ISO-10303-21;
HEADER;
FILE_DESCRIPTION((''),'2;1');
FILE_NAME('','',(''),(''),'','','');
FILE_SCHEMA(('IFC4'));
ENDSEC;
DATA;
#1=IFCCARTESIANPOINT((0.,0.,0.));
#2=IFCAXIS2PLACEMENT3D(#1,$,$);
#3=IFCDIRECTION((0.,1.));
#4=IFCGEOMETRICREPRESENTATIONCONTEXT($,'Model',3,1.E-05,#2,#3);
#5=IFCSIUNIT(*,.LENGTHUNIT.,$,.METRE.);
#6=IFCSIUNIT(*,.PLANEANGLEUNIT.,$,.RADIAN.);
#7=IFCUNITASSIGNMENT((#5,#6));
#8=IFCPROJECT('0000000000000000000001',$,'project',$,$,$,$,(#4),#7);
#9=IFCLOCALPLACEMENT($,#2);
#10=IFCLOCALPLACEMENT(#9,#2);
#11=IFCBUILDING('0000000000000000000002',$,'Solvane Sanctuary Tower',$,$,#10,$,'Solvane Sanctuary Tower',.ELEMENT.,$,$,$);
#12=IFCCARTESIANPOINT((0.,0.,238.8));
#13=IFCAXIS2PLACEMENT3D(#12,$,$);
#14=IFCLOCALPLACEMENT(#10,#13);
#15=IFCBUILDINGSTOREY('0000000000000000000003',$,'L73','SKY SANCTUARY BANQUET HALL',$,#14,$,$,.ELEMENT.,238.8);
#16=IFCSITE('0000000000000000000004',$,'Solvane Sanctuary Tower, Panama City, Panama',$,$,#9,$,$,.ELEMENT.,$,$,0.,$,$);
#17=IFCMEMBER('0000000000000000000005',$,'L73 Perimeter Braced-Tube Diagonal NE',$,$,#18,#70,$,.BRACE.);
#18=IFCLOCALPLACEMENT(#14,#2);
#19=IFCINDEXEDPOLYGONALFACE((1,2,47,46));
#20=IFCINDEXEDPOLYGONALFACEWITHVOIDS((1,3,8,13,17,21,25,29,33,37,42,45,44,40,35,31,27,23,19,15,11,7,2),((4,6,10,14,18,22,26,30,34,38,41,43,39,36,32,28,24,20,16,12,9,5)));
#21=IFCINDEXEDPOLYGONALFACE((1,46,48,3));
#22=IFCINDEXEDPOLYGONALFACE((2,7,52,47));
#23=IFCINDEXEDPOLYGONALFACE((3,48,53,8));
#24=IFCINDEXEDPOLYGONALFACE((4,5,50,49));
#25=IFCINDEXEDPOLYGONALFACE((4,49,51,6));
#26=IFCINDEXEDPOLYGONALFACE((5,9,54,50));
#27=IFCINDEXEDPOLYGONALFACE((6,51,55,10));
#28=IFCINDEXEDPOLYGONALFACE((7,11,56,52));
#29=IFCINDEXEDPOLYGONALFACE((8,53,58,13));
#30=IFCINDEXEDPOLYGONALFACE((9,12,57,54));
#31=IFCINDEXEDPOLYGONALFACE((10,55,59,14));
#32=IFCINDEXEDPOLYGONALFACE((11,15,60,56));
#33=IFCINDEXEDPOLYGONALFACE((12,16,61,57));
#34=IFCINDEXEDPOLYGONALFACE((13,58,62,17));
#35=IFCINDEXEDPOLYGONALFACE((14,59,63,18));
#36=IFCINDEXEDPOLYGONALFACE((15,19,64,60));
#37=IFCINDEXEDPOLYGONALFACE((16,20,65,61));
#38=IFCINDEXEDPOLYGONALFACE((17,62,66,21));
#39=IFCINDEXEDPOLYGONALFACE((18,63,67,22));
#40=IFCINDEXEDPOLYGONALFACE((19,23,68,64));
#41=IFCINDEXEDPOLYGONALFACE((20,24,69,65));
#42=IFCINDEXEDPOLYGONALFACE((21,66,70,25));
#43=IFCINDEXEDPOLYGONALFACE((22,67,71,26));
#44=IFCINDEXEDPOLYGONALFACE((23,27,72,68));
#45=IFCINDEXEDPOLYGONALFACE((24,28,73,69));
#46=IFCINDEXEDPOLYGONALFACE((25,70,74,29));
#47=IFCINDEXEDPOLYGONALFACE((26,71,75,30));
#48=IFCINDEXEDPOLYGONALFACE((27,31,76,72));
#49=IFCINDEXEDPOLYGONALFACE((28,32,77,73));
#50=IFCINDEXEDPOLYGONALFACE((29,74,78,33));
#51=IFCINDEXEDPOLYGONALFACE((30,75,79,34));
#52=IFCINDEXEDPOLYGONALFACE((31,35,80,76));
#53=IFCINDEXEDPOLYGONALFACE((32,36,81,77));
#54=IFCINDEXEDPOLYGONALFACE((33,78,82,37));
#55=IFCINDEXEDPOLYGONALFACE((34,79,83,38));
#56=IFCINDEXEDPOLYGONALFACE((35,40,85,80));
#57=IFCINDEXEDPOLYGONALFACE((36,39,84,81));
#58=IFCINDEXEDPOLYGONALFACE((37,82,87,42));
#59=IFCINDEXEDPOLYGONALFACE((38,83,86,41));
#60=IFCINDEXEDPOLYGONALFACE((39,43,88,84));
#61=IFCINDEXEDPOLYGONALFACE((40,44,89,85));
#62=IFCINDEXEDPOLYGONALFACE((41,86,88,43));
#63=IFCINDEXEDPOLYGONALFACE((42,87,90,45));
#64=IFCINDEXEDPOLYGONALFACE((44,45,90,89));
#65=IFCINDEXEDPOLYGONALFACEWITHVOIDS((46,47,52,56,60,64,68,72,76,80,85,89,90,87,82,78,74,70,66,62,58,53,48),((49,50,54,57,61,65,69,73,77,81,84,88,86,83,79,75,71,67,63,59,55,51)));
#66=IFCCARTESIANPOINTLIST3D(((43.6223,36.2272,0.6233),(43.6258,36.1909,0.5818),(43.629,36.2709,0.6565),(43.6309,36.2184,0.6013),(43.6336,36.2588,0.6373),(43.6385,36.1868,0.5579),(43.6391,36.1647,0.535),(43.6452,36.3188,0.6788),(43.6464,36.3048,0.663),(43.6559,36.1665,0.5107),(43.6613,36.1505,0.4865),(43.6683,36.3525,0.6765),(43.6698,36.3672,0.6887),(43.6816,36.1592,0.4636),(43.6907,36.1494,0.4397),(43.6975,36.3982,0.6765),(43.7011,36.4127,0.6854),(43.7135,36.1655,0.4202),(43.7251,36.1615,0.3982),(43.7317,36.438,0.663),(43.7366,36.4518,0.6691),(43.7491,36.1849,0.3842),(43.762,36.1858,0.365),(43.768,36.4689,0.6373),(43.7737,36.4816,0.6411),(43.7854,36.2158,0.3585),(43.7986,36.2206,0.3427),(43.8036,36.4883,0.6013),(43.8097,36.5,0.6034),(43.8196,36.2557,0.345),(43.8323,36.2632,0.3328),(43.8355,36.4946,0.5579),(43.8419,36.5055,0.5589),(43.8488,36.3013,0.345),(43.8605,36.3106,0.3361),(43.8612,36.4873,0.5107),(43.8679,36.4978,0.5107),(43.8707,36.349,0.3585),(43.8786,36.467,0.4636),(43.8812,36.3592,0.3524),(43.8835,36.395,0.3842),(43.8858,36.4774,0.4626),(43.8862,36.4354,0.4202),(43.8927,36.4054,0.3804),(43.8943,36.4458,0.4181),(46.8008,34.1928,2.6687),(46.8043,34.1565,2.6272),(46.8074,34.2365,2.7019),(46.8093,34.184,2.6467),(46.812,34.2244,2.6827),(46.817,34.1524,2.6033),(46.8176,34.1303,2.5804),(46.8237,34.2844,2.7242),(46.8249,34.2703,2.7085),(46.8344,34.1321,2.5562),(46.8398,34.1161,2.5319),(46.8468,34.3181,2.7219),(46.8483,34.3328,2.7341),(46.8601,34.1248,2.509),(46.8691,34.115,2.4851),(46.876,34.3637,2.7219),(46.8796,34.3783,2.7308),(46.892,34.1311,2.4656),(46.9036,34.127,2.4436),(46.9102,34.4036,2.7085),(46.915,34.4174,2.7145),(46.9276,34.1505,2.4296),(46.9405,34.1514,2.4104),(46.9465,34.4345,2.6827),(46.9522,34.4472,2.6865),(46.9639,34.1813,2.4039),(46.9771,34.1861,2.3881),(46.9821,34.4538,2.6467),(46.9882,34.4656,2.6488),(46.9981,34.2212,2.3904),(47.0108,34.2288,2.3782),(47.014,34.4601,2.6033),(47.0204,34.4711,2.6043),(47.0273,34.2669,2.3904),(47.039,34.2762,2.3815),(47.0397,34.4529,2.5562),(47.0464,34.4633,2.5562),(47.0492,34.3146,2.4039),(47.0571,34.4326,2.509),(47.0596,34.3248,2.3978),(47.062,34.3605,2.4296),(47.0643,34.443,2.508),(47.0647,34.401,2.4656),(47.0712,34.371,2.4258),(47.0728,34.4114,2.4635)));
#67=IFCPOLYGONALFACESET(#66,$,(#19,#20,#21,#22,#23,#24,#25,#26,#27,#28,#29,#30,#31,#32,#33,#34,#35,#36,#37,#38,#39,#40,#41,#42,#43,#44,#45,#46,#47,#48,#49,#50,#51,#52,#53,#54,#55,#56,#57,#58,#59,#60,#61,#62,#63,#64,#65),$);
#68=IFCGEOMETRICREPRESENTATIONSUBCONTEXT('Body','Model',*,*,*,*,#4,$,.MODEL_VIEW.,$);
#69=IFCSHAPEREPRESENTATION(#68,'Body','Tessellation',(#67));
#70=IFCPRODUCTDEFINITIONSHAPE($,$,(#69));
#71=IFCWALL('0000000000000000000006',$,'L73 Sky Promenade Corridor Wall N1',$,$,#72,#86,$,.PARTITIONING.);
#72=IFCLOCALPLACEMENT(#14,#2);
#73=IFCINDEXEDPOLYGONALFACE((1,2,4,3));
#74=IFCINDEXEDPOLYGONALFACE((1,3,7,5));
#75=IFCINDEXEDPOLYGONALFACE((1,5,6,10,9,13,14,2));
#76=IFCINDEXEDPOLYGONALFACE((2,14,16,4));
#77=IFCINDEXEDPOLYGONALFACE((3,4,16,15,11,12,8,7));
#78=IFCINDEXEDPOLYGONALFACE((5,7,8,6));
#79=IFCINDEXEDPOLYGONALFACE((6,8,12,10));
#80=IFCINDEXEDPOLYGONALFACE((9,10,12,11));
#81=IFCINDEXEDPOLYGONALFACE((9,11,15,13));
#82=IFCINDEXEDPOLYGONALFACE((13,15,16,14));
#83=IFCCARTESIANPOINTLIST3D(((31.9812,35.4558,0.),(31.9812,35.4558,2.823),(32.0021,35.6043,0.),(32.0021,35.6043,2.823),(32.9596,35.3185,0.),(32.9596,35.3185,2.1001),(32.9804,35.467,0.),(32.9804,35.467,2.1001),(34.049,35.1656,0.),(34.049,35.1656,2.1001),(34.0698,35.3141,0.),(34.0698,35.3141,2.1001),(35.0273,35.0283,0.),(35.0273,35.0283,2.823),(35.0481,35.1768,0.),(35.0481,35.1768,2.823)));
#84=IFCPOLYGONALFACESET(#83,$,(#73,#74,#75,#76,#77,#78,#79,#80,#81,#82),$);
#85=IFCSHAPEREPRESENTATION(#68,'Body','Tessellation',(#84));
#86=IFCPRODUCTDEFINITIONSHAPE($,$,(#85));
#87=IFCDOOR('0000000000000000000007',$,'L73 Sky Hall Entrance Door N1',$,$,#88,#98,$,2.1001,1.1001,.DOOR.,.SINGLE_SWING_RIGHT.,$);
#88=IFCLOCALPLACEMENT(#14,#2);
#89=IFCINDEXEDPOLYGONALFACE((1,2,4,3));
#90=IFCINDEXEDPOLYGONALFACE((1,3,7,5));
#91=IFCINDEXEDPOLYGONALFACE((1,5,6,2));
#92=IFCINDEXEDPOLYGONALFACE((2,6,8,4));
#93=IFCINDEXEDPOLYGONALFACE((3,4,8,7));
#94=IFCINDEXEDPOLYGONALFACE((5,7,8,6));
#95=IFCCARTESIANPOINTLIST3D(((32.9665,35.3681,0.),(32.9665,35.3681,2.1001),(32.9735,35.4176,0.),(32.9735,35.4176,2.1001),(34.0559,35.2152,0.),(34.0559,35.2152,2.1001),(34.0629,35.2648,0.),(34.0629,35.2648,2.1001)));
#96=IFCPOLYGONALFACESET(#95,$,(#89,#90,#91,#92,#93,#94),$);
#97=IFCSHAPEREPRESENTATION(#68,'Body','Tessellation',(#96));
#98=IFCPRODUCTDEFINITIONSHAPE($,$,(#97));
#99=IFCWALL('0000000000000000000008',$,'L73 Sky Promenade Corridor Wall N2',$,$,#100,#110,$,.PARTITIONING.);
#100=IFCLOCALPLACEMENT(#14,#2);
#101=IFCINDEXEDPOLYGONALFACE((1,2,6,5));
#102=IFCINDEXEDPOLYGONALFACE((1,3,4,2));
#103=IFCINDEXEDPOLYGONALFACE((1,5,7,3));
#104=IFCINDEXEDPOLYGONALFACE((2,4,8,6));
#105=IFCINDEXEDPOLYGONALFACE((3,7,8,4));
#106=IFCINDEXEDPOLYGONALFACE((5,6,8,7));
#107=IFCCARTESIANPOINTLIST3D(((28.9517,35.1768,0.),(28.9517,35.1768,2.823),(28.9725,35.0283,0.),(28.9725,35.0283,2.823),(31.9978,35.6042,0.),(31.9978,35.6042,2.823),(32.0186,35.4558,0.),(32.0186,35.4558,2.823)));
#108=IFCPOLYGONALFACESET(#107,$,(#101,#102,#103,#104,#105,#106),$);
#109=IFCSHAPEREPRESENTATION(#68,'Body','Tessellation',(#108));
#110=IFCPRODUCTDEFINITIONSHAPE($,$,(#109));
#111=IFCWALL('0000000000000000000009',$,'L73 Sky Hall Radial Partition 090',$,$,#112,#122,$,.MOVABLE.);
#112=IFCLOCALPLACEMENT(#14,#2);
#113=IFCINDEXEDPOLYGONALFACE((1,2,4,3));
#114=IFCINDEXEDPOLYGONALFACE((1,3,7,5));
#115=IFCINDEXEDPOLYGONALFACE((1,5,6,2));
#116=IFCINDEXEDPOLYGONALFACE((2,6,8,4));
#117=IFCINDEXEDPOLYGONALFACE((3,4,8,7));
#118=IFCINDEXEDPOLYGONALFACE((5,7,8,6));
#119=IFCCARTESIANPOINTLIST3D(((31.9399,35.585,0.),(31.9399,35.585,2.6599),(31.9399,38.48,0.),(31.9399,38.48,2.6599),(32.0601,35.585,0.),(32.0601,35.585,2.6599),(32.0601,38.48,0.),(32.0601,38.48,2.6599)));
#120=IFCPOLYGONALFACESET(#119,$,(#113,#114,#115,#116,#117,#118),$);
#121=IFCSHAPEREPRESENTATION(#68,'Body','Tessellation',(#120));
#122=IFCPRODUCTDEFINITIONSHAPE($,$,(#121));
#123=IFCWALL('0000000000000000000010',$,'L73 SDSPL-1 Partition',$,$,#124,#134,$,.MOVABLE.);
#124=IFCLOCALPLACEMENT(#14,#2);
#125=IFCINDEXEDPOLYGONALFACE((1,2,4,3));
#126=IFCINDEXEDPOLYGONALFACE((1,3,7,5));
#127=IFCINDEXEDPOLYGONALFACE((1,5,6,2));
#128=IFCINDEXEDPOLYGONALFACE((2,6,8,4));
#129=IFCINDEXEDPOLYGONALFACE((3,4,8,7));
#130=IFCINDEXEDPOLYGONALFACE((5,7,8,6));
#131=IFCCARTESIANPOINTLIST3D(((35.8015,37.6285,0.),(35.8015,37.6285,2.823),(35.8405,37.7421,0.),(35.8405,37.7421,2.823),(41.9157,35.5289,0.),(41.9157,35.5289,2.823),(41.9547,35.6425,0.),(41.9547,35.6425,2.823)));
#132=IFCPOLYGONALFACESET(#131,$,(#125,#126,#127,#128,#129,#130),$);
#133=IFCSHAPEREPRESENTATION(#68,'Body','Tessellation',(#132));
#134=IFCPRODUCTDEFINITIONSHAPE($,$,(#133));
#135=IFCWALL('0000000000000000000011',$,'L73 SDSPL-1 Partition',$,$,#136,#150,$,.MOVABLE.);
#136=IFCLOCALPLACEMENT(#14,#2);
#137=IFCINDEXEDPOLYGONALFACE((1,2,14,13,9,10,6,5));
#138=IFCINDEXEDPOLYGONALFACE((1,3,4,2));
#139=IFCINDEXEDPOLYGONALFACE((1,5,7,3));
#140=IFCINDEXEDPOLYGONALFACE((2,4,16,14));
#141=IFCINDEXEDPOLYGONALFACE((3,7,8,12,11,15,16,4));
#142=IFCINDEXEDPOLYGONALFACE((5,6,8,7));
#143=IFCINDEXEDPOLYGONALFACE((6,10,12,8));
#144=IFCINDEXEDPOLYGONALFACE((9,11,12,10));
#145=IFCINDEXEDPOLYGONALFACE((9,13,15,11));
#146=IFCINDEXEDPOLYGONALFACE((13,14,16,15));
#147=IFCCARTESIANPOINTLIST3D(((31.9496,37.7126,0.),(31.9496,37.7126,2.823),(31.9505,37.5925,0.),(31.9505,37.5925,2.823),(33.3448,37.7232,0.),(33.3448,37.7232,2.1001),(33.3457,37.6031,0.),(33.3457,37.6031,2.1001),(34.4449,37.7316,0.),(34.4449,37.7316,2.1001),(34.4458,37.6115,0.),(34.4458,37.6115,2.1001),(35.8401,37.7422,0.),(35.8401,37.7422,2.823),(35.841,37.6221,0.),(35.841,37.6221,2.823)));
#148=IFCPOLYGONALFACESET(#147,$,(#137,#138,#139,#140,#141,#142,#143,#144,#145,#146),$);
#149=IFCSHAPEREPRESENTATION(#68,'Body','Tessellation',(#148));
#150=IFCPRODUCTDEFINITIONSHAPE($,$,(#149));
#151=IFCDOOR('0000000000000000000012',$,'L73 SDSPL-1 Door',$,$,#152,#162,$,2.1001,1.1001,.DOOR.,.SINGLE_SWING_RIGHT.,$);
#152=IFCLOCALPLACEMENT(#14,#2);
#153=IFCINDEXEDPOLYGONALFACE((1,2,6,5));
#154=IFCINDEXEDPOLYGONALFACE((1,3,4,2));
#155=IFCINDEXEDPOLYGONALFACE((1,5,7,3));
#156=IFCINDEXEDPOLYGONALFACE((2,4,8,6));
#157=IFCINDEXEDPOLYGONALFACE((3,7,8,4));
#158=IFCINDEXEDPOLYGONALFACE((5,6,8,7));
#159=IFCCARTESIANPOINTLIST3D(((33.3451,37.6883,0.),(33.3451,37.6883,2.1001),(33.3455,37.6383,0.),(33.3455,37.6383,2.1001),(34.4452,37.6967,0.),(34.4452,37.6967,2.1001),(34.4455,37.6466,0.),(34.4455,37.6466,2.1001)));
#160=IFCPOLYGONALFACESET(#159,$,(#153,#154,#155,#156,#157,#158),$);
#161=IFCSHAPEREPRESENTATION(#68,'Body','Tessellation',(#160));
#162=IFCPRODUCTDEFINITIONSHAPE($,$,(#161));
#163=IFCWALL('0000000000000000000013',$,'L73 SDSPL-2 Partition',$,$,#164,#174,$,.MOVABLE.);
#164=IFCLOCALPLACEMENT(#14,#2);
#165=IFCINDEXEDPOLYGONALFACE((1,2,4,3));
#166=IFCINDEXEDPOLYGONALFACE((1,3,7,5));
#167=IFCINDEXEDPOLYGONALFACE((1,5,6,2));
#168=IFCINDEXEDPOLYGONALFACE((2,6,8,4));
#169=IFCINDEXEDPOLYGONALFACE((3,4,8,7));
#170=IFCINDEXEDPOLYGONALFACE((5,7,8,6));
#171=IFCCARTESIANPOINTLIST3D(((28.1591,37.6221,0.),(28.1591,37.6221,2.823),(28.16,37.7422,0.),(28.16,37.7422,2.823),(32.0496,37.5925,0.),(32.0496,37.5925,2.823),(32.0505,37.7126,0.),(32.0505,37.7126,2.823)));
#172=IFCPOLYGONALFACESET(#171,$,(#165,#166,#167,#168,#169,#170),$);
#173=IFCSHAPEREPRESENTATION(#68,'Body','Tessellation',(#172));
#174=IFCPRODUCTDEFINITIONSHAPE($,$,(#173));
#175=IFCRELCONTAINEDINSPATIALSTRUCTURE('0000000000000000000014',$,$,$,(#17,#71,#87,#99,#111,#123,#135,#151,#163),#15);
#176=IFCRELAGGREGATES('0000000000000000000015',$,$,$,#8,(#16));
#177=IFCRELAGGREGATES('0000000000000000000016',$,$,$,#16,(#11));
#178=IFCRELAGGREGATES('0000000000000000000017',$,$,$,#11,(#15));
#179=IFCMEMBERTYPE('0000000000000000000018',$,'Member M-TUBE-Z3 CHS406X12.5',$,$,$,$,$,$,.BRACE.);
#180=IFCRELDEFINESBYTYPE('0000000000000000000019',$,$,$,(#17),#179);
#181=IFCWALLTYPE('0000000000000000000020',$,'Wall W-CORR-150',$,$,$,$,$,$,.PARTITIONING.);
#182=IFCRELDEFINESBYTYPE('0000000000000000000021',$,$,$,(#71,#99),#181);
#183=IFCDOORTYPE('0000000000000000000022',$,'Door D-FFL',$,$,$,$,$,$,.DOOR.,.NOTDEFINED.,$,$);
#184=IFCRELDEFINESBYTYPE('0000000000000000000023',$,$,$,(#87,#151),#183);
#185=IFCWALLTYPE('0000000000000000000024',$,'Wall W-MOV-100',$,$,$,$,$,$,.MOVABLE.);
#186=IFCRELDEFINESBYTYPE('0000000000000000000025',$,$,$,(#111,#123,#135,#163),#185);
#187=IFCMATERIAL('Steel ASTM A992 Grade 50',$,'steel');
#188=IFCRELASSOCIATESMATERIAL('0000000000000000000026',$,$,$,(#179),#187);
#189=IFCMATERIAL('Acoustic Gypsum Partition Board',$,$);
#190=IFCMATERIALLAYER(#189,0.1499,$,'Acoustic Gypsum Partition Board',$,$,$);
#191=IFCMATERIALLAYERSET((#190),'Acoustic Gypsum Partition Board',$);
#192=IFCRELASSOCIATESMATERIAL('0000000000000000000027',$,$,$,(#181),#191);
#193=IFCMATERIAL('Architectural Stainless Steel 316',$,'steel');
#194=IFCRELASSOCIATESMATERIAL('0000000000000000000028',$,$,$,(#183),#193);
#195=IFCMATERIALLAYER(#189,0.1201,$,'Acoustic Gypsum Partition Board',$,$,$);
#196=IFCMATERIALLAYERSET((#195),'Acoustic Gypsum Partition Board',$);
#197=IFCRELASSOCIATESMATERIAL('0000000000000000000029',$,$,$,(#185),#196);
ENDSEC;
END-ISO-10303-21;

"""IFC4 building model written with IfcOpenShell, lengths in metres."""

from ifc_helpers import new_model, si_unit, direction, frame, frame_2d, origin, origin_2d, place, context, subcontext, project, spatial, rectangle, hollow_circle, extrude, material, layer, layer_set, material_profile, profile_set, type_object, element, fill, save


model = new_model("IFC4")

# Units and contexts
model_context = context("Model", 3, precision=1e-05, world=origin(), true_north=direction((0.0, 1.0)))
body_context = subcontext(model_context, "Body", "Model", "MODEL_VIEW")
ifc_project = project(units=[si_unit("LENGTHUNIT", "METRE"), si_unit("PLANEANGLEUNIT", "RADIAN")], contexts=[model_context])

# Site, building, storey
site_placement = place(None, origin())
site = spatial("IfcSite", under=ifc_project, at=site_placement, Name="Solvane Sanctuary Tower, Panama City, Panama", CompositionType="ELEMENT", RefElevation=0.0)
building_placement = place(site_placement, origin())
building = spatial("IfcBuilding", under=site, at=building_placement, Name="Solvane Sanctuary Tower", LongName="Solvane Sanctuary Tower", CompositionType="ELEMENT")
storey_placement = place(building_placement, frame((0.0, 0.0, 238.8)))
storey = spatial("IfcBuildingStorey", under=building, at=storey_placement, Name="L73", Description="SKY SANCTUARY BANQUET HALL", CompositionType="ELEMENT", Elevation=238.8)

# Shared definitions
ifc_material_1 = material(Name="Steel ASTM A992 Grade 50", Category="steel")

# Member
ifc_material_profile_1 = material_profile(ifc_material_1, hollow_circle(Radius=0.2029, WallThickness=0.0125, at=origin_2d()), Name="CHS406X12.5")
ifc_profile_set_1 = profile_set([ifc_material_profile_1], Name="Steel ASTM A992 Grade 50")
member_type_1 = type_object("IfcMemberType", Name="Member M-TUBE-Z3 CHS406X12.5", PredefinedType="BRACE", material=ifc_profile_set_1)
member_1_placement = place(storey_placement, frame((43.7585, 36.3269, 0.5107), z_axis=(0.740476, -0.473953, 0.476512), x_axis=(0.539092, 0.842247, 0.0)))
element("IfcMember", 1, at=member_1_placement, inside=storey, type_object=member_type_1, Name="L73 Perimeter Braced-Tube Diagonal NE", PredefinedType="BRACE", context=body_context, shape_type="SweptSolid", body=[
    extrude(hollow_circle(Radius=0.2029, WallThickness=0.0125, at=origin_2d()), origin(), (0.0, 0.0, 1.0), 4.2925),
])

# Wall, opening, door
ifc_material_2 = material(Name="Acoustic Gypsum Partition Board")
ifc_layer_1 = layer(ifc_material_2, 0.1499, Name="Acoustic Gypsum Partition Board")
ifc_layer_set_1 = layer_set([ifc_layer_1], Name="Acoustic Gypsum Partition Board")
wall_type_1 = type_object("IfcWallType", Name="Wall W-CORR-150", PredefinedType="PARTITIONING", material=ifc_layer_set_1)
wall_1_placement = place(storey_placement, frame((35.0378, 35.1025, 0.0), z_axis=(0.0, 0.0, 1.0), x_axis=(-0.990296, 0.138976, 0.0)))
wall_1 = element("IfcWall", 2, at=wall_1_placement, inside=storey, type_object=wall_type_1, Name="L73 Sky Promenade Corridor Wall N1", PredefinedType="PARTITIONING", context=body_context, shape_type="SweptSolid", body=[
    extrude(rectangle(XDim=3.0759, YDim=0.1499, at=frame_2d((1.5381, 0.0))), origin(), (0.0, 0.0, 1.0), 2.823),
])
opening_1_placement = place(wall_1_placement, frame((0.988, 0.0, 0.0)))
opening_1 = element("IfcOpeningElement", 3, at=opening_1_placement, cuts=wall_1, PredefinedType="OPENING", context=body_context, shape_type="SweptSolid", body=[
    extrude(rectangle(XDim=1.1001, YDim=2.1001, at=frame_2d((0.55, 1.05))), frame((0.0, 0.085, 0.0), z_axis=(0.0, -1.0, 0.0), x_axis=(1.0, 0.0, 0.0)), (0.0, 0.0, 1.0), 0.1699),
])
ifc_material_3 = material(Name="Architectural Stainless Steel 316", Category="steel")
door_type = type_object("IfcDoorType", Name="Door D-FFL", OperationType="NOTDEFINED", PredefinedType="DOOR", material=ifc_material_3)
door_1_placement = place(opening_1_placement, origin())
door_1 = element("IfcDoor", 4, at=door_1_placement, inside=storey, type_object=door_type, Name="L73 Sky Hall Entrance Door N1", OperationType="SINGLE_SWING_RIGHT", OverallHeight=2.1001, OverallWidth=1.1001, PredefinedType="DOOR", context=body_context, shape_type="SweptSolid", body=[
    extrude(rectangle(XDim=1.1001, YDim=2.1001, at=frame_2d((0.55, 1.05))), frame((0.0, 0.0249, 0.0), z_axis=(0.0, -1.0, 0.0), x_axis=(1.0, 0.0, 0.0)), (0.0, 0.0, 1.0), 0.05),
])
fill(opening_1, door_1)

# Walls
wall_2_placement = place(storey_placement, frame((32.0083, 35.53, 0.0), z_axis=(0.0, 0.0, 1.0), x_axis=(-0.990296, -0.138976, 0.0)))
element("IfcWall", 5, at=wall_2_placement, inside=storey, type_object=wall_type_1, Name="L73 Sky Promenade Corridor Wall N2", PredefinedType="PARTITIONING", context=body_context, shape_type="SweptSolid", body=[
    extrude(rectangle(XDim=3.0759, YDim=0.1499, at=frame_2d((1.5381, 0.0))), origin(), (0.0, 0.0, 1.0), 2.823),
])
ifc_layer_2 = layer(ifc_material_2, 0.1201, Name="Acoustic Gypsum Partition Board")
ifc_layer_set_2 = layer_set([ifc_layer_2], Name="Acoustic Gypsum Partition Board")
wall_type_2 = type_object("IfcWallType", Name="Wall W-MOV-100", PredefinedType="MOVABLE", material=ifc_layer_set_2)
wall_3_placement = place(storey_placement, frame((32.0, 35.585, 0.0), z_axis=(0.0, 0.0, 1.0), x_axis=(0.0, 1.0, 0.0)))
element("IfcWall", 6, at=wall_3_placement, inside=storey, type_object=wall_type_2, Name="L73 Sky Hall Radial Partition 090", PredefinedType="MOVABLE", context=body_context, shape_type="SweptSolid", body=[
    extrude(rectangle(XDim=2.895, YDim=0.1201, at=frame_2d((1.4475, 0.0))), origin(), (0.0, 0.0, 1.0), 2.6599),
])
wall_4_placement = place(storey_placement, frame((41.9353, 35.5857, 0.0), z_axis=(0.0, 0.0, 1.0), x_axis=(-0.94579, 0.32478, 0.0)))
element("IfcWall", 7, at=wall_4_placement, inside=storey, type_object=wall_type_2, Name="L73 SDSPL-1 Partition", PredefinedType="MOVABLE", context=body_context, shape_type="SweptSolid", body=[
    extrude(rectangle(XDim=6.4646, YDim=0.1201, at=frame_2d((3.2324, 0.0))), origin(), (0.0, 0.0, 1.0), 2.823),
])

# Wall, opening, door
wall_5_placement = place(storey_placement, frame((35.8406, 37.6821, 0.0), z_axis=(0.0, 0.0, 1.0), x_axis=(-0.999971, -0.007593, 0.0)))
wall_5 = element("IfcWall", 8, at=wall_5_placement, inside=storey, type_object=wall_type_2, Name="L73 SDSPL-1 Partition", PredefinedType="MOVABLE", context=body_context, shape_type="SweptSolid", body=[
    extrude(rectangle(XDim=3.8906, YDim=0.1201, at=frame_2d((1.9453, 0.0))), origin(), (0.0, 0.0, 1.0), 2.823),
])
opening_2_placement = place(wall_5_placement, frame((1.3953, 0.0, 0.0)))
opening_2 = element("IfcOpeningElement", 9, at=opening_2_placement, cuts=wall_5, PredefinedType="OPENING", context=body_context, shape_type="SweptSolid", body=[
    extrude(rectangle(XDim=1.1001, YDim=2.1001, at=frame_2d((0.55, 1.05))), frame((0.0, 0.0701, 0.0), z_axis=(0.0, -1.0, 0.0), x_axis=(1.0, 0.0, 0.0)), (0.0, 0.0, 1.0), 0.1401),
])
door_2_placement = place(opening_2_placement, origin())
door_2 = element("IfcDoor", 10, at=door_2_placement, inside=storey, type_object=door_type, Name="L73 SDSPL-1 Door", OperationType="SINGLE_SWING_RIGHT", OverallHeight=2.1001, OverallWidth=1.1001, PredefinedType="DOOR", context=body_context, shape_type="SweptSolid", body=[
    extrude(rectangle(XDim=1.1001, YDim=2.1001, at=frame_2d((0.55, 1.05))), frame((0.0, 0.0249, 0.0), z_axis=(0.0, -1.0, 0.0), x_axis=(1.0, 0.0, 0.0)), (0.0, 0.0, 1.0), 0.05),
])
fill(opening_2, door_2)

# Wall
wall_6_placement = place(storey_placement, frame((32.05, 37.6526, 0.0), z_axis=(0.0, 0.0, 1.0), x_axis=(-0.999971, 0.007593, 0.0)))
element("IfcWall", 11, at=wall_6_placement, inside=storey, type_object=wall_type_2, Name="L73 SDSPL-2 Partition", PredefinedType="MOVABLE", context=body_context, shape_type="SweptSolid", body=[
    extrude(rectangle(XDim=3.8906, YDim=0.1201, at=frame_2d((1.9453, 0.0))), origin(), (0.0, 0.0, 1.0), 2.823),
])

save(model, "model.ifc")
